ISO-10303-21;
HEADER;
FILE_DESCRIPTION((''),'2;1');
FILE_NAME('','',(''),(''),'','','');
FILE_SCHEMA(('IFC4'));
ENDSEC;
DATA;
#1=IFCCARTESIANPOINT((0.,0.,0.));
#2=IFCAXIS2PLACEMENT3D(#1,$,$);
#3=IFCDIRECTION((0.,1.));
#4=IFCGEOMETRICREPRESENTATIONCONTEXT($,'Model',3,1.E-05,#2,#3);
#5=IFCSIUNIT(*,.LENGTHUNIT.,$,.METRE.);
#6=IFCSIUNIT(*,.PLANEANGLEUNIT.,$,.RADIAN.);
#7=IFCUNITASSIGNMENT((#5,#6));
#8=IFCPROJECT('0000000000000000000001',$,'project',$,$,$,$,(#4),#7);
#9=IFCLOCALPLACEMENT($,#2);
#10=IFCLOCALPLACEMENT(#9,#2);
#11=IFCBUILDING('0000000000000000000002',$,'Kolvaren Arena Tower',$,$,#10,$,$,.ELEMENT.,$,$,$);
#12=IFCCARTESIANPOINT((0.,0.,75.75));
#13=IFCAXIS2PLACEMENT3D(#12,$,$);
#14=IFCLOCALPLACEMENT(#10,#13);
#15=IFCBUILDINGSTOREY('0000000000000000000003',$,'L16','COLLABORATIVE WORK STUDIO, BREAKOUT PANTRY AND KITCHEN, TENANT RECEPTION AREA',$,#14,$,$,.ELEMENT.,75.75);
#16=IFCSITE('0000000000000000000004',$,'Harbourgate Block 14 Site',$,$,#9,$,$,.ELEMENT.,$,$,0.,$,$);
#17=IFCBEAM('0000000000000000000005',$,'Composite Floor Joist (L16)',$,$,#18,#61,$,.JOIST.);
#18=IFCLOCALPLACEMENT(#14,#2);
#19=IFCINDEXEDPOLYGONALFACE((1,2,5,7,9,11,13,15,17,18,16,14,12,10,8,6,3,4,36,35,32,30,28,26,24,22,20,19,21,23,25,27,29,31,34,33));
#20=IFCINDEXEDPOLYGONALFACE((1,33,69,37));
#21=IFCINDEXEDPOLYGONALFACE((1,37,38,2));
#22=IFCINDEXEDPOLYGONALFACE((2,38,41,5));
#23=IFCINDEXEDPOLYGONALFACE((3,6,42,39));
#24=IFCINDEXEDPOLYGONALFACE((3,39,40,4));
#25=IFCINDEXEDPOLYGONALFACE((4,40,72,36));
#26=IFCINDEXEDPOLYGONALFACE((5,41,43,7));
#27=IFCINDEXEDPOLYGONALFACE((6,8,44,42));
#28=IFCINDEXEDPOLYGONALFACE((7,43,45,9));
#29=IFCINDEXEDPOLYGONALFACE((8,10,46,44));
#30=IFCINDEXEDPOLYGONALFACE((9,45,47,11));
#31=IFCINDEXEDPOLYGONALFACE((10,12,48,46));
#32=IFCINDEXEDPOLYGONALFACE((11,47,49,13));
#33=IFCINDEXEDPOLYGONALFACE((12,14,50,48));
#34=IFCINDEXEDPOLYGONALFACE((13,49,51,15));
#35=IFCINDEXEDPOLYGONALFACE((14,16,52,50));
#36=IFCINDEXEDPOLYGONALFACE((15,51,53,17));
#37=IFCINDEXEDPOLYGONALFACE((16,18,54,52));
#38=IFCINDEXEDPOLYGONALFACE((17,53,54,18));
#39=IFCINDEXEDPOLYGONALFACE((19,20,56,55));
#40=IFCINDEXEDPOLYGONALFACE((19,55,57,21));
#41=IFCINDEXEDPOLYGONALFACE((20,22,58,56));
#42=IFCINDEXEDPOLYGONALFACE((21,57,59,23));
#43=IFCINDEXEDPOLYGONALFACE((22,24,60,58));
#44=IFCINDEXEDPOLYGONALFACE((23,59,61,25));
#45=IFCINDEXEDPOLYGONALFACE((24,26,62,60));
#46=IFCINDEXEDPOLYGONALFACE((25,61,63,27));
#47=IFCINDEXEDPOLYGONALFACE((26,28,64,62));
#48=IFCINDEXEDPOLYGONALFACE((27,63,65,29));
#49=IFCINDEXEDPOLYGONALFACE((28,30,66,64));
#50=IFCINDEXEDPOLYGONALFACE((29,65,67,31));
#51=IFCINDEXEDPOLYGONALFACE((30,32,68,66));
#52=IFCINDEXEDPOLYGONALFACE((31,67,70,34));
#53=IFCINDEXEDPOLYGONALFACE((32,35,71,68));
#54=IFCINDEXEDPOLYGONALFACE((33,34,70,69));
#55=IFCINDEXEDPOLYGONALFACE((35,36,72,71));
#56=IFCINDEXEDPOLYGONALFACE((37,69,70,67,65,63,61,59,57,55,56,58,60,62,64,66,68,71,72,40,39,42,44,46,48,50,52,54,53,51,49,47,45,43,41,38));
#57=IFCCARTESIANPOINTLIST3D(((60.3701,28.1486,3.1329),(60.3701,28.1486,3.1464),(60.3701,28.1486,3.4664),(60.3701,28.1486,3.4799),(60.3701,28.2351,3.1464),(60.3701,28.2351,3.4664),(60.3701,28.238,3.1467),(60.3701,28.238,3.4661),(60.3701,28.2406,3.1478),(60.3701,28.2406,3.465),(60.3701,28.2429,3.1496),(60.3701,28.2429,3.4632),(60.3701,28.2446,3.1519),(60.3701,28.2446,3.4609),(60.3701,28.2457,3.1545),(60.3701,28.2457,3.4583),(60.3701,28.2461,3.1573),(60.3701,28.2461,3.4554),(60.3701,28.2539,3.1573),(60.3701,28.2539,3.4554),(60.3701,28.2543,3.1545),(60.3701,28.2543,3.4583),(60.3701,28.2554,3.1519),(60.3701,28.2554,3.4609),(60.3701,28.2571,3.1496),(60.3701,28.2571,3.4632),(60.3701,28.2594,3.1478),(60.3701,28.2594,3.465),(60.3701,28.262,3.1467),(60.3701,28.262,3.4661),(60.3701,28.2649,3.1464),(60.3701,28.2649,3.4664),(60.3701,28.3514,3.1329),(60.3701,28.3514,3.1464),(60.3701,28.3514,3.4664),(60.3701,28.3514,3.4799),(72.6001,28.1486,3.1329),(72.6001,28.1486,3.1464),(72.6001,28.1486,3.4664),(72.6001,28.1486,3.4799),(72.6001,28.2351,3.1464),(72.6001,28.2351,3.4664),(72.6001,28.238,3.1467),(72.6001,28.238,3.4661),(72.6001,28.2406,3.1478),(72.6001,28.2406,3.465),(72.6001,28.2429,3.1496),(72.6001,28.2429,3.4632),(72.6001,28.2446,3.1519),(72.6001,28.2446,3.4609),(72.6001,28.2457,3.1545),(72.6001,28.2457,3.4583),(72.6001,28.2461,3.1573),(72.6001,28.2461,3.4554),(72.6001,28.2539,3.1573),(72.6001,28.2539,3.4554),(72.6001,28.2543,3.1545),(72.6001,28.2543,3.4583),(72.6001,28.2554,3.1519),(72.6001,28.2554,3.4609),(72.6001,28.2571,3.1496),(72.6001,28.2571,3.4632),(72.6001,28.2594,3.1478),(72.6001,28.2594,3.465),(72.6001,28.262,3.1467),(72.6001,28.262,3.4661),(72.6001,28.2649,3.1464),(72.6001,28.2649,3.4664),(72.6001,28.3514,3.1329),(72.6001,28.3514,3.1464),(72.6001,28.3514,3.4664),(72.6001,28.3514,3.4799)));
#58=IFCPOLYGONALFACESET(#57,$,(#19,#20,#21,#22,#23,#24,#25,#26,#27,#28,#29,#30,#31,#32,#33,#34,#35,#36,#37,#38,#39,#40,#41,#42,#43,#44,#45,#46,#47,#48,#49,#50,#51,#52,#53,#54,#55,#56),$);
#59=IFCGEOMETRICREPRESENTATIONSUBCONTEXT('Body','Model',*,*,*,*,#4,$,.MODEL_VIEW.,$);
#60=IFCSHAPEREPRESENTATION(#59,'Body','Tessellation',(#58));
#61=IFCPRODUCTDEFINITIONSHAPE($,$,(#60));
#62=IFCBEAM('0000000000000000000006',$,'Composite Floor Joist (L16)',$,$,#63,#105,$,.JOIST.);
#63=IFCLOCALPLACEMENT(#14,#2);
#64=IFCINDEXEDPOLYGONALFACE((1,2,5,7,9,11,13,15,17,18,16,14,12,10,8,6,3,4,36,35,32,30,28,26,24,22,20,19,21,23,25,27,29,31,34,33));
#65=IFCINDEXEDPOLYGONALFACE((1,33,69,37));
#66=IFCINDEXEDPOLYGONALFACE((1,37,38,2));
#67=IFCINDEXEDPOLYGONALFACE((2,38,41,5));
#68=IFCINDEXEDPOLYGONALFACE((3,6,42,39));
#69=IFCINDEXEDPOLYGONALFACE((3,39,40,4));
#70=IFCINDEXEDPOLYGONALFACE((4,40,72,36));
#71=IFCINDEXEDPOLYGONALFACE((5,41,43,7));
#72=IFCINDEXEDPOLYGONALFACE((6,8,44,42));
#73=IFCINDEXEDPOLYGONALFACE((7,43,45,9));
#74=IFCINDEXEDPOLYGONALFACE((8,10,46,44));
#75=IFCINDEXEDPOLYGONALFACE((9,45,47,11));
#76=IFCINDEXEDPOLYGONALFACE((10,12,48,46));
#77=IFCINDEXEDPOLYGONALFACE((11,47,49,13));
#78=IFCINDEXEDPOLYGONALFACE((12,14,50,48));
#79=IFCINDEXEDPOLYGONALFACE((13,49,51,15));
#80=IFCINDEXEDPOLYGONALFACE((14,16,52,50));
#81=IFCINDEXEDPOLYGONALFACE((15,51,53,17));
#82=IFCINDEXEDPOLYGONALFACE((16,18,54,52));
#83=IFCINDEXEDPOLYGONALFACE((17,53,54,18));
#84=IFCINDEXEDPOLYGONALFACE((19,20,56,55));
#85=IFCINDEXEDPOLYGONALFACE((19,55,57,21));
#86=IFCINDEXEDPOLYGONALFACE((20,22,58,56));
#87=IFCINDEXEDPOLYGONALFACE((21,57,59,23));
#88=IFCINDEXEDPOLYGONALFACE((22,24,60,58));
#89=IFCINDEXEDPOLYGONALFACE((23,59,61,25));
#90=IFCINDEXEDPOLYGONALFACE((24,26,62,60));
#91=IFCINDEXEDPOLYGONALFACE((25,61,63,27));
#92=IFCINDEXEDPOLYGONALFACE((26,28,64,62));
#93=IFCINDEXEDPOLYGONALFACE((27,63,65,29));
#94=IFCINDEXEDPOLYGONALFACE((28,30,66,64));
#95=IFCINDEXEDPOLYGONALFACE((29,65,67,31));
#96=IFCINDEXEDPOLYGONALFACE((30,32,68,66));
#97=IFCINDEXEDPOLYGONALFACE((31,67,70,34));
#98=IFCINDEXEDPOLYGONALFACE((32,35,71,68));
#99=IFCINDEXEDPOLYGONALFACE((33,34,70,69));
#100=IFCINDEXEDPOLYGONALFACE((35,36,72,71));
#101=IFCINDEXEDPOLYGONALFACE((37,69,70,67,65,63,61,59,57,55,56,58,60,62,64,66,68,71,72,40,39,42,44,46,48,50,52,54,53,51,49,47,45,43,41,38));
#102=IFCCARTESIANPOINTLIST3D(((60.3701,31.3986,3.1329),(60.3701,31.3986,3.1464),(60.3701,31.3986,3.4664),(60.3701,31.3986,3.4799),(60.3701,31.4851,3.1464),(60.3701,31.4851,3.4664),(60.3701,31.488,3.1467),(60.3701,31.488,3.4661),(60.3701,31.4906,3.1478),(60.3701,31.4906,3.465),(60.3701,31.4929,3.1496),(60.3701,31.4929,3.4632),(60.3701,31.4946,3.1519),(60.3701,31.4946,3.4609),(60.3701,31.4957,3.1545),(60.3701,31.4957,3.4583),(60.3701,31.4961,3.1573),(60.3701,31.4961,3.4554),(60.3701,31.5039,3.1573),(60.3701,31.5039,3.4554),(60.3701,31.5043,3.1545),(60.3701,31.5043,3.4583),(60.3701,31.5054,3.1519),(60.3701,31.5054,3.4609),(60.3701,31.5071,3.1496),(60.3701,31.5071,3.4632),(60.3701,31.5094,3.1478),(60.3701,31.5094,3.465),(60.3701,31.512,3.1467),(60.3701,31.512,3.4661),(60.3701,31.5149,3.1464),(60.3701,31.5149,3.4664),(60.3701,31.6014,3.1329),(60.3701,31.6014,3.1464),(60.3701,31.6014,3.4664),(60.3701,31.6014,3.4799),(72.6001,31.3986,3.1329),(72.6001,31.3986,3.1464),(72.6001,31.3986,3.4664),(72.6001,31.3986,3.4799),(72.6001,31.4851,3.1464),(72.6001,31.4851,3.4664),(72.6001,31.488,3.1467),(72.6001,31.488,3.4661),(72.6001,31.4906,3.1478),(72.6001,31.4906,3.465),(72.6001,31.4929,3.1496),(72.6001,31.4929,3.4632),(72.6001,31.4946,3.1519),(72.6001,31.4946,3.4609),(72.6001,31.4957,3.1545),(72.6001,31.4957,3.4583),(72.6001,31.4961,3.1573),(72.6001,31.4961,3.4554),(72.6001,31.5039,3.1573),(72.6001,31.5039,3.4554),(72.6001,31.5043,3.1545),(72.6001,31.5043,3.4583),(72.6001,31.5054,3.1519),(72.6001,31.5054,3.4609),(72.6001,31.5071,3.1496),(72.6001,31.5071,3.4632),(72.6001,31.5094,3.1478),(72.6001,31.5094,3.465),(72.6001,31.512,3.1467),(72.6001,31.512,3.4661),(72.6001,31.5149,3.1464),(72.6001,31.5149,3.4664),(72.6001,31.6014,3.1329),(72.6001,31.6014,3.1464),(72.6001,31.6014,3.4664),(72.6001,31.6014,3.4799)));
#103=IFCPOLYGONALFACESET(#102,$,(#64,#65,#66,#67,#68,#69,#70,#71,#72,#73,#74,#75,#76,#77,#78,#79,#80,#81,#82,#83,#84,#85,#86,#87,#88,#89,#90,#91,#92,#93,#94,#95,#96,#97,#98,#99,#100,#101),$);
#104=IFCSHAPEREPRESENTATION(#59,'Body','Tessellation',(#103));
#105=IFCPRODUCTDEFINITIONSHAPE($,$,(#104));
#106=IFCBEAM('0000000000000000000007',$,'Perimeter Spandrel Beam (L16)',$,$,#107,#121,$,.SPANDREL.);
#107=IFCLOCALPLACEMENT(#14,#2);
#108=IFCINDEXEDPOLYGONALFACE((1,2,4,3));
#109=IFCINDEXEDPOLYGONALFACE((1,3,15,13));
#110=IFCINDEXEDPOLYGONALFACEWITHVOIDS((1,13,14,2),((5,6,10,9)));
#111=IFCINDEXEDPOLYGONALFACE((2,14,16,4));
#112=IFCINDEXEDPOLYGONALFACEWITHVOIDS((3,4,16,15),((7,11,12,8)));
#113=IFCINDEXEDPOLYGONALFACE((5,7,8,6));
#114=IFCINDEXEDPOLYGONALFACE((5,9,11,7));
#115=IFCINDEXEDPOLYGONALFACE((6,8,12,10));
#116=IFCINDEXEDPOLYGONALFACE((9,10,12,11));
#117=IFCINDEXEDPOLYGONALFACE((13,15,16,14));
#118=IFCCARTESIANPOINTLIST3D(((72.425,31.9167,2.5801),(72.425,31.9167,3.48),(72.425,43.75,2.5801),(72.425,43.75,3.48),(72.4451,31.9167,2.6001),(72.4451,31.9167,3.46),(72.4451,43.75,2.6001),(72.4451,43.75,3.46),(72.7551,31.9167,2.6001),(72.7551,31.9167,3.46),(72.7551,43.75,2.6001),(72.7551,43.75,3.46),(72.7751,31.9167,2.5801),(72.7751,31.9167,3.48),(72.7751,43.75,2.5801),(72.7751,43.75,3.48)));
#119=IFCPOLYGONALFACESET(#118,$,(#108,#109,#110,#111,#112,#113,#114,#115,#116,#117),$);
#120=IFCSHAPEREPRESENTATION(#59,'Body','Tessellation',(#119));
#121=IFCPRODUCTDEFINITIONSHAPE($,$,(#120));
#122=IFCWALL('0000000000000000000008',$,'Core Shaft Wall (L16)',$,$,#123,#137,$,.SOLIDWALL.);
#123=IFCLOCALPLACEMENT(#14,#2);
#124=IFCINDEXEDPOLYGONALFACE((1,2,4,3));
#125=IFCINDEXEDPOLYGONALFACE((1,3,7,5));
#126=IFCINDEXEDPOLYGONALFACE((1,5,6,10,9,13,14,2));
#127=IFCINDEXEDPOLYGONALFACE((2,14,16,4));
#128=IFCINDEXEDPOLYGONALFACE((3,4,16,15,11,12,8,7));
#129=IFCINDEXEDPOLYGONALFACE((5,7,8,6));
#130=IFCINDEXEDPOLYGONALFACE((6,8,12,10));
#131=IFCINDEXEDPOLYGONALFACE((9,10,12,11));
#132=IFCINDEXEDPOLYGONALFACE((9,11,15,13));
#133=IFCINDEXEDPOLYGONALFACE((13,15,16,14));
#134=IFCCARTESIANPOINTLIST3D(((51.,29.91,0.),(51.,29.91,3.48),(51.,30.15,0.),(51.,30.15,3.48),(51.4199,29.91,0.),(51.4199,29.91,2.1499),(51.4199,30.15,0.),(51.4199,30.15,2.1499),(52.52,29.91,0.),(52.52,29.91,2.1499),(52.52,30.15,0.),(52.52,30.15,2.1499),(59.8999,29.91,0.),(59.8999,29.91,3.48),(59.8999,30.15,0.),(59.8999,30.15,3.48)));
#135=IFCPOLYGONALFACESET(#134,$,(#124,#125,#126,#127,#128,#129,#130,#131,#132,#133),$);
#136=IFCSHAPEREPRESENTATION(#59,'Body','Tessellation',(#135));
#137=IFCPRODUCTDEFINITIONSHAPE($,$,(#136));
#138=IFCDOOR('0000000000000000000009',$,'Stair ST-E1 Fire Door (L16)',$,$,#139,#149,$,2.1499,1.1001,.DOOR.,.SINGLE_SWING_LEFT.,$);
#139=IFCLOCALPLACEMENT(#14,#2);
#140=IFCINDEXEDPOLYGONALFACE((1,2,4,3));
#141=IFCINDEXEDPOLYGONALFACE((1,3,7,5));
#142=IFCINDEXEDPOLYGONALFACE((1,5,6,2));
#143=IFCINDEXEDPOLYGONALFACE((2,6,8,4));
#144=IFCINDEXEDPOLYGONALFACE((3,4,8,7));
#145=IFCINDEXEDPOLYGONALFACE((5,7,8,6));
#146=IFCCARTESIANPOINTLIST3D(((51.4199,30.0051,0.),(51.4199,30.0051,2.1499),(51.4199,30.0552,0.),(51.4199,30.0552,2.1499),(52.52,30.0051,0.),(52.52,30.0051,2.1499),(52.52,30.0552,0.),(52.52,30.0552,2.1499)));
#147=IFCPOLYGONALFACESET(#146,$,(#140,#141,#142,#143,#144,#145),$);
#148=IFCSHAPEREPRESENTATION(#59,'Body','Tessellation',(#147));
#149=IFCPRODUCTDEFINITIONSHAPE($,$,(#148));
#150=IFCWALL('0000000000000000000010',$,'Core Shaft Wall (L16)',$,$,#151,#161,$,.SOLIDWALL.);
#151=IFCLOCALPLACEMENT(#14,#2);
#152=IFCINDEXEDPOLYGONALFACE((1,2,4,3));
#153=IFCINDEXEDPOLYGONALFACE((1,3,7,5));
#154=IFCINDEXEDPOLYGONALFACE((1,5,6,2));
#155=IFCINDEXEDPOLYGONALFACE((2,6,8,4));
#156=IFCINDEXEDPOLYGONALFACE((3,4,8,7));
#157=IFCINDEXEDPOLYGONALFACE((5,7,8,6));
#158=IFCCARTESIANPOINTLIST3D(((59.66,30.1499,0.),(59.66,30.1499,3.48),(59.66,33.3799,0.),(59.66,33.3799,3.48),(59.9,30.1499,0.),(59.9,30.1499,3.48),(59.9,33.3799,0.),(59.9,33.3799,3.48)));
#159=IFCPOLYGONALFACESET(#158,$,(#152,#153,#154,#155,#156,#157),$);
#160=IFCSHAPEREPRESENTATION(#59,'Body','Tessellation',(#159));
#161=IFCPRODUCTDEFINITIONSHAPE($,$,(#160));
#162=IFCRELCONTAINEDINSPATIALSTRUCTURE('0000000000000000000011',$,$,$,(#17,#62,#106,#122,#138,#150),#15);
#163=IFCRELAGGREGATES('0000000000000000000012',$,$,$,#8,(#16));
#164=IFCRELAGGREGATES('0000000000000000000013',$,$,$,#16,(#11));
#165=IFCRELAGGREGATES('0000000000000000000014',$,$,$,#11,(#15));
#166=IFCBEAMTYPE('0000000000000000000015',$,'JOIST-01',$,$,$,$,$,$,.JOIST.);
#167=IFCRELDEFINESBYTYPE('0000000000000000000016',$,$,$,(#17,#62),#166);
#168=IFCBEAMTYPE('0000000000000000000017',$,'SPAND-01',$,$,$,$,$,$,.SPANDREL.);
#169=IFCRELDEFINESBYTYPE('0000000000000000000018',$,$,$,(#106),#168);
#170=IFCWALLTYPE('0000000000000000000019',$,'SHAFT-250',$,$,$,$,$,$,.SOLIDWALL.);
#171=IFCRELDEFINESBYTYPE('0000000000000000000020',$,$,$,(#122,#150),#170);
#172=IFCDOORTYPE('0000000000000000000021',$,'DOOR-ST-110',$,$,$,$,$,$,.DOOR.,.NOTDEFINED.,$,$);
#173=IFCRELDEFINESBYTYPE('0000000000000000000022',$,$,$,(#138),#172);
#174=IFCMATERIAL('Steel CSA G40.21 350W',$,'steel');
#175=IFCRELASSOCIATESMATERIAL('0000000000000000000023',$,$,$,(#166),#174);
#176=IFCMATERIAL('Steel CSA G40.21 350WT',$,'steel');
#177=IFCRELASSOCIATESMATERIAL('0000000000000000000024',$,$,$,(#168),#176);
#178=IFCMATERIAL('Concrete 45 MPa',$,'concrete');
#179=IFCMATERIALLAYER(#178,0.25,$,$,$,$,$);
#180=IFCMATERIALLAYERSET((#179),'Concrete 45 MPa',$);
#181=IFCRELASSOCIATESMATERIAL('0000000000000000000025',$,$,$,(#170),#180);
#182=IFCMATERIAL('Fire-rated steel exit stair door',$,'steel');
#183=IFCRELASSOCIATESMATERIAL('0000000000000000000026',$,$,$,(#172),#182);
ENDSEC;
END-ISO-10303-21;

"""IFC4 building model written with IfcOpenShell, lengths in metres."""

from ifc_helpers import new_model, si_unit, direction, frame, frame_2d, origin, origin_2d, place, context, subcontext, project, spatial, rectangle, hollow_rectangle, i_section, extrude, material, layer, layer_set, material_profile, profile_set, type_object, element, fill, save


model = new_model("IFC4")

# Units and contexts
model_context = context("Model", 3, precision=1e-05, world=origin(), true_north=direction((0.0, 1.0)))
body_context = subcontext(model_context, "Body", "Model", "MODEL_VIEW")
ifc_project = project(units=[si_unit("LENGTHUNIT", "METRE"), si_unit("PLANEANGLEUNIT", "RADIAN")], contexts=[model_context])

# Site, building, storey
site_placement = place(None, origin())
site = spatial("IfcSite", under=ifc_project, at=site_placement, Name="Harbourgate Block 14 Site", CompositionType="ELEMENT", RefElevation=0.0)
building_placement = place(site_placement, origin())
building = spatial("IfcBuilding", under=site, at=building_placement, Name="Kolvaren Arena Tower", CompositionType="ELEMENT")
storey_placement = place(building_placement, frame((0.0, 0.0, 75.75)))
storey = spatial("IfcBuildingStorey", under=building, at=storey_placement, Name="L16", Description="COLLABORATIVE WORK STUDIO, BREAKOUT PANTRY AND KITCHEN, TENANT RECEPTION AREA", CompositionType="ELEMENT", Elevation=75.75)

# Beams
ifc_material_1 = material(Name="Steel CSA G40.21 350W", Category="steel")
ifc_material_profile_1 = material_profile(ifc_material_1, i_section(OverallWidth=0.2029, OverallDepth=0.3469, WebThickness=0.0078, FlangeThickness=0.0134, FilletRadius=0.011, at=origin_2d()), Name="W360x64")
ifc_profile_set_1 = profile_set([ifc_material_profile_1], Name="Steel CSA G40.21 350W")
beam_type_1 = type_object("IfcBeamType", Name="JOIST-01", PredefinedType="JOIST", material=ifc_profile_set_1)
for number, where, z_axis, x_axis, name in (
    (1, (60.3701, 28.25, 3.3064), (1.0, 0.0, 0.0), (0.0, 1.0, 0.0), "Composite Floor Joist (L16)"),
    (2, (60.3701, 31.5, 3.3064), (1.0, 0.0, 0.0), (0.0, 1.0, 0.0), "Composite Floor Joist (L16)"),
):
    element("IfcBeam", number, at=place(storey_placement, frame(where, z_axis=z_axis, x_axis=x_axis)), inside=storey, type_object=beam_type_1, Name=name, PredefinedType="JOIST", context=body_context, shape_type="SweptSolid", body=[
        extrude(i_section(OverallWidth=0.2029, OverallDepth=0.3469, WebThickness=0.0078, FlangeThickness=0.0134, FilletRadius=0.011, at=origin_2d()), origin(), (0.0, 0.0, 1.0), 12.23),
    ])
ifc_material_2 = material(Name="Steel CSA G40.21 350WT", Category="steel")
ifc_material_profile_2 = material_profile(ifc_material_2, hollow_rectangle(XDim=0.3501, YDim=0.8999, WallThickness=0.02, at=origin_2d()), Name="HSS 900x350x20")
ifc_profile_set_2 = profile_set([ifc_material_profile_2], Name="Steel CSA G40.21 350WT")
beam_type_2 = type_object("IfcBeamType", Name="SPAND-01", PredefinedType="SPANDREL", material=ifc_profile_set_2)
beam_1_placement = place(storey_placement, frame((72.6001, 31.9167, 3.03), z_axis=(0.0, 1.0, 0.0), x_axis=(-1.0, 0.0, 0.0)))
element("IfcBeam", 3, at=beam_1_placement, inside=storey, type_object=beam_type_2, Name="Perimeter Spandrel Beam (L16)", PredefinedType="SPANDREL", context=body_context, shape_type="SweptSolid", body=[
    extrude(hollow_rectangle(XDim=0.3501, YDim=0.8999, WallThickness=0.02, at=origin_2d()), origin(), (0.0, 0.0, 1.0), 11.8333),
])

# Wall, opening, door
ifc_material_3 = material(Name="Concrete 45 MPa", Category="concrete")
ifc_layer = layer(ifc_material_3, 0.25)
ifc_layer_set = layer_set([ifc_layer], Name="Concrete 45 MPa")
wall_type = type_object("IfcWallType", Name="SHAFT-250", PredefinedType="SOLIDWALL", material=ifc_layer_set)
wall_1_placement = place(storey_placement, frame((59.8999, 30.03, 0.0), z_axis=(0.0, 0.0, 1.0), x_axis=(-1.0, 0.0, 0.0)))
wall_1 = element("IfcWall", 4, at=wall_1_placement, inside=storey, type_object=wall_type, Name="Core Shaft Wall (L16)", PredefinedType="SOLIDWALL", context=body_context, shape_type="SweptSolid", body=[
    extrude(rectangle(XDim=8.8999, YDim=0.24, at=frame_2d((4.45, 0.0))), origin(), (0.0, 0.0, 1.0), 3.48),
])
opening_1_placement = place(wall_1_placement, frame((7.3799, 0.0, 0.0)))
opening_1 = element("IfcOpeningElement", 5, at=opening_1_placement, cuts=wall_1, PredefinedType="OPENING", context=body_context, shape_type="SweptSolid", body=[
    extrude(rectangle(XDim=1.1001, YDim=2.1499, at=frame_2d((0.55, 1.075))), frame((0.0, 0.1299, 0.0), z_axis=(0.0, -1.0, 0.0), x_axis=(1.0, 0.0, 0.0)), (0.0, 0.0, 1.0), 0.26),
])
ifc_material_4 = material(Name="Fire-rated steel exit stair door", Category="steel")
door_type = type_object("IfcDoorType", Name="DOOR-ST-110", OperationType="NOTDEFINED", PredefinedType="DOOR", material=ifc_material_4)
door_1_placement = place(opening_1_placement, origin())
door_1 = element("IfcDoor", 6, at=door_1_placement, inside=storey, type_object=door_type, Name="Stair ST-E1 Fire Door (L16)", OperationType="SINGLE_SWING_LEFT", OverallHeight=2.1499, OverallWidth=1.1001, PredefinedType="DOOR", context=body_context, shape_type="SweptSolid", body=[
    extrude(rectangle(XDim=1.1001, YDim=2.1499, at=frame_2d((0.55, 1.075))), frame((0.0, 0.0249, 0.0), z_axis=(0.0, -1.0, 0.0), x_axis=(1.0, 0.0, 0.0)), (0.0, 0.0, 1.0), 0.05),
])
fill(opening_1, door_1)

# Wall
wall_2_placement = place(storey_placement, frame((59.78, 30.1499, 0.0), z_axis=(0.0, 0.0, 1.0), x_axis=(0.0, 1.0, 0.0)))
element("IfcWall", 7, at=wall_2_placement, inside=storey, type_object=wall_type, Name="Core Shaft Wall (L16)", PredefinedType="SOLIDWALL", context=body_context, shape_type="SweptSolid", body=[
    extrude(rectangle(XDim=3.23, YDim=0.24, at=frame_2d((1.615, 0.0))), origin(), (0.0, 0.0, 1.0), 3.48),
])

save(model, "model.ifc")
